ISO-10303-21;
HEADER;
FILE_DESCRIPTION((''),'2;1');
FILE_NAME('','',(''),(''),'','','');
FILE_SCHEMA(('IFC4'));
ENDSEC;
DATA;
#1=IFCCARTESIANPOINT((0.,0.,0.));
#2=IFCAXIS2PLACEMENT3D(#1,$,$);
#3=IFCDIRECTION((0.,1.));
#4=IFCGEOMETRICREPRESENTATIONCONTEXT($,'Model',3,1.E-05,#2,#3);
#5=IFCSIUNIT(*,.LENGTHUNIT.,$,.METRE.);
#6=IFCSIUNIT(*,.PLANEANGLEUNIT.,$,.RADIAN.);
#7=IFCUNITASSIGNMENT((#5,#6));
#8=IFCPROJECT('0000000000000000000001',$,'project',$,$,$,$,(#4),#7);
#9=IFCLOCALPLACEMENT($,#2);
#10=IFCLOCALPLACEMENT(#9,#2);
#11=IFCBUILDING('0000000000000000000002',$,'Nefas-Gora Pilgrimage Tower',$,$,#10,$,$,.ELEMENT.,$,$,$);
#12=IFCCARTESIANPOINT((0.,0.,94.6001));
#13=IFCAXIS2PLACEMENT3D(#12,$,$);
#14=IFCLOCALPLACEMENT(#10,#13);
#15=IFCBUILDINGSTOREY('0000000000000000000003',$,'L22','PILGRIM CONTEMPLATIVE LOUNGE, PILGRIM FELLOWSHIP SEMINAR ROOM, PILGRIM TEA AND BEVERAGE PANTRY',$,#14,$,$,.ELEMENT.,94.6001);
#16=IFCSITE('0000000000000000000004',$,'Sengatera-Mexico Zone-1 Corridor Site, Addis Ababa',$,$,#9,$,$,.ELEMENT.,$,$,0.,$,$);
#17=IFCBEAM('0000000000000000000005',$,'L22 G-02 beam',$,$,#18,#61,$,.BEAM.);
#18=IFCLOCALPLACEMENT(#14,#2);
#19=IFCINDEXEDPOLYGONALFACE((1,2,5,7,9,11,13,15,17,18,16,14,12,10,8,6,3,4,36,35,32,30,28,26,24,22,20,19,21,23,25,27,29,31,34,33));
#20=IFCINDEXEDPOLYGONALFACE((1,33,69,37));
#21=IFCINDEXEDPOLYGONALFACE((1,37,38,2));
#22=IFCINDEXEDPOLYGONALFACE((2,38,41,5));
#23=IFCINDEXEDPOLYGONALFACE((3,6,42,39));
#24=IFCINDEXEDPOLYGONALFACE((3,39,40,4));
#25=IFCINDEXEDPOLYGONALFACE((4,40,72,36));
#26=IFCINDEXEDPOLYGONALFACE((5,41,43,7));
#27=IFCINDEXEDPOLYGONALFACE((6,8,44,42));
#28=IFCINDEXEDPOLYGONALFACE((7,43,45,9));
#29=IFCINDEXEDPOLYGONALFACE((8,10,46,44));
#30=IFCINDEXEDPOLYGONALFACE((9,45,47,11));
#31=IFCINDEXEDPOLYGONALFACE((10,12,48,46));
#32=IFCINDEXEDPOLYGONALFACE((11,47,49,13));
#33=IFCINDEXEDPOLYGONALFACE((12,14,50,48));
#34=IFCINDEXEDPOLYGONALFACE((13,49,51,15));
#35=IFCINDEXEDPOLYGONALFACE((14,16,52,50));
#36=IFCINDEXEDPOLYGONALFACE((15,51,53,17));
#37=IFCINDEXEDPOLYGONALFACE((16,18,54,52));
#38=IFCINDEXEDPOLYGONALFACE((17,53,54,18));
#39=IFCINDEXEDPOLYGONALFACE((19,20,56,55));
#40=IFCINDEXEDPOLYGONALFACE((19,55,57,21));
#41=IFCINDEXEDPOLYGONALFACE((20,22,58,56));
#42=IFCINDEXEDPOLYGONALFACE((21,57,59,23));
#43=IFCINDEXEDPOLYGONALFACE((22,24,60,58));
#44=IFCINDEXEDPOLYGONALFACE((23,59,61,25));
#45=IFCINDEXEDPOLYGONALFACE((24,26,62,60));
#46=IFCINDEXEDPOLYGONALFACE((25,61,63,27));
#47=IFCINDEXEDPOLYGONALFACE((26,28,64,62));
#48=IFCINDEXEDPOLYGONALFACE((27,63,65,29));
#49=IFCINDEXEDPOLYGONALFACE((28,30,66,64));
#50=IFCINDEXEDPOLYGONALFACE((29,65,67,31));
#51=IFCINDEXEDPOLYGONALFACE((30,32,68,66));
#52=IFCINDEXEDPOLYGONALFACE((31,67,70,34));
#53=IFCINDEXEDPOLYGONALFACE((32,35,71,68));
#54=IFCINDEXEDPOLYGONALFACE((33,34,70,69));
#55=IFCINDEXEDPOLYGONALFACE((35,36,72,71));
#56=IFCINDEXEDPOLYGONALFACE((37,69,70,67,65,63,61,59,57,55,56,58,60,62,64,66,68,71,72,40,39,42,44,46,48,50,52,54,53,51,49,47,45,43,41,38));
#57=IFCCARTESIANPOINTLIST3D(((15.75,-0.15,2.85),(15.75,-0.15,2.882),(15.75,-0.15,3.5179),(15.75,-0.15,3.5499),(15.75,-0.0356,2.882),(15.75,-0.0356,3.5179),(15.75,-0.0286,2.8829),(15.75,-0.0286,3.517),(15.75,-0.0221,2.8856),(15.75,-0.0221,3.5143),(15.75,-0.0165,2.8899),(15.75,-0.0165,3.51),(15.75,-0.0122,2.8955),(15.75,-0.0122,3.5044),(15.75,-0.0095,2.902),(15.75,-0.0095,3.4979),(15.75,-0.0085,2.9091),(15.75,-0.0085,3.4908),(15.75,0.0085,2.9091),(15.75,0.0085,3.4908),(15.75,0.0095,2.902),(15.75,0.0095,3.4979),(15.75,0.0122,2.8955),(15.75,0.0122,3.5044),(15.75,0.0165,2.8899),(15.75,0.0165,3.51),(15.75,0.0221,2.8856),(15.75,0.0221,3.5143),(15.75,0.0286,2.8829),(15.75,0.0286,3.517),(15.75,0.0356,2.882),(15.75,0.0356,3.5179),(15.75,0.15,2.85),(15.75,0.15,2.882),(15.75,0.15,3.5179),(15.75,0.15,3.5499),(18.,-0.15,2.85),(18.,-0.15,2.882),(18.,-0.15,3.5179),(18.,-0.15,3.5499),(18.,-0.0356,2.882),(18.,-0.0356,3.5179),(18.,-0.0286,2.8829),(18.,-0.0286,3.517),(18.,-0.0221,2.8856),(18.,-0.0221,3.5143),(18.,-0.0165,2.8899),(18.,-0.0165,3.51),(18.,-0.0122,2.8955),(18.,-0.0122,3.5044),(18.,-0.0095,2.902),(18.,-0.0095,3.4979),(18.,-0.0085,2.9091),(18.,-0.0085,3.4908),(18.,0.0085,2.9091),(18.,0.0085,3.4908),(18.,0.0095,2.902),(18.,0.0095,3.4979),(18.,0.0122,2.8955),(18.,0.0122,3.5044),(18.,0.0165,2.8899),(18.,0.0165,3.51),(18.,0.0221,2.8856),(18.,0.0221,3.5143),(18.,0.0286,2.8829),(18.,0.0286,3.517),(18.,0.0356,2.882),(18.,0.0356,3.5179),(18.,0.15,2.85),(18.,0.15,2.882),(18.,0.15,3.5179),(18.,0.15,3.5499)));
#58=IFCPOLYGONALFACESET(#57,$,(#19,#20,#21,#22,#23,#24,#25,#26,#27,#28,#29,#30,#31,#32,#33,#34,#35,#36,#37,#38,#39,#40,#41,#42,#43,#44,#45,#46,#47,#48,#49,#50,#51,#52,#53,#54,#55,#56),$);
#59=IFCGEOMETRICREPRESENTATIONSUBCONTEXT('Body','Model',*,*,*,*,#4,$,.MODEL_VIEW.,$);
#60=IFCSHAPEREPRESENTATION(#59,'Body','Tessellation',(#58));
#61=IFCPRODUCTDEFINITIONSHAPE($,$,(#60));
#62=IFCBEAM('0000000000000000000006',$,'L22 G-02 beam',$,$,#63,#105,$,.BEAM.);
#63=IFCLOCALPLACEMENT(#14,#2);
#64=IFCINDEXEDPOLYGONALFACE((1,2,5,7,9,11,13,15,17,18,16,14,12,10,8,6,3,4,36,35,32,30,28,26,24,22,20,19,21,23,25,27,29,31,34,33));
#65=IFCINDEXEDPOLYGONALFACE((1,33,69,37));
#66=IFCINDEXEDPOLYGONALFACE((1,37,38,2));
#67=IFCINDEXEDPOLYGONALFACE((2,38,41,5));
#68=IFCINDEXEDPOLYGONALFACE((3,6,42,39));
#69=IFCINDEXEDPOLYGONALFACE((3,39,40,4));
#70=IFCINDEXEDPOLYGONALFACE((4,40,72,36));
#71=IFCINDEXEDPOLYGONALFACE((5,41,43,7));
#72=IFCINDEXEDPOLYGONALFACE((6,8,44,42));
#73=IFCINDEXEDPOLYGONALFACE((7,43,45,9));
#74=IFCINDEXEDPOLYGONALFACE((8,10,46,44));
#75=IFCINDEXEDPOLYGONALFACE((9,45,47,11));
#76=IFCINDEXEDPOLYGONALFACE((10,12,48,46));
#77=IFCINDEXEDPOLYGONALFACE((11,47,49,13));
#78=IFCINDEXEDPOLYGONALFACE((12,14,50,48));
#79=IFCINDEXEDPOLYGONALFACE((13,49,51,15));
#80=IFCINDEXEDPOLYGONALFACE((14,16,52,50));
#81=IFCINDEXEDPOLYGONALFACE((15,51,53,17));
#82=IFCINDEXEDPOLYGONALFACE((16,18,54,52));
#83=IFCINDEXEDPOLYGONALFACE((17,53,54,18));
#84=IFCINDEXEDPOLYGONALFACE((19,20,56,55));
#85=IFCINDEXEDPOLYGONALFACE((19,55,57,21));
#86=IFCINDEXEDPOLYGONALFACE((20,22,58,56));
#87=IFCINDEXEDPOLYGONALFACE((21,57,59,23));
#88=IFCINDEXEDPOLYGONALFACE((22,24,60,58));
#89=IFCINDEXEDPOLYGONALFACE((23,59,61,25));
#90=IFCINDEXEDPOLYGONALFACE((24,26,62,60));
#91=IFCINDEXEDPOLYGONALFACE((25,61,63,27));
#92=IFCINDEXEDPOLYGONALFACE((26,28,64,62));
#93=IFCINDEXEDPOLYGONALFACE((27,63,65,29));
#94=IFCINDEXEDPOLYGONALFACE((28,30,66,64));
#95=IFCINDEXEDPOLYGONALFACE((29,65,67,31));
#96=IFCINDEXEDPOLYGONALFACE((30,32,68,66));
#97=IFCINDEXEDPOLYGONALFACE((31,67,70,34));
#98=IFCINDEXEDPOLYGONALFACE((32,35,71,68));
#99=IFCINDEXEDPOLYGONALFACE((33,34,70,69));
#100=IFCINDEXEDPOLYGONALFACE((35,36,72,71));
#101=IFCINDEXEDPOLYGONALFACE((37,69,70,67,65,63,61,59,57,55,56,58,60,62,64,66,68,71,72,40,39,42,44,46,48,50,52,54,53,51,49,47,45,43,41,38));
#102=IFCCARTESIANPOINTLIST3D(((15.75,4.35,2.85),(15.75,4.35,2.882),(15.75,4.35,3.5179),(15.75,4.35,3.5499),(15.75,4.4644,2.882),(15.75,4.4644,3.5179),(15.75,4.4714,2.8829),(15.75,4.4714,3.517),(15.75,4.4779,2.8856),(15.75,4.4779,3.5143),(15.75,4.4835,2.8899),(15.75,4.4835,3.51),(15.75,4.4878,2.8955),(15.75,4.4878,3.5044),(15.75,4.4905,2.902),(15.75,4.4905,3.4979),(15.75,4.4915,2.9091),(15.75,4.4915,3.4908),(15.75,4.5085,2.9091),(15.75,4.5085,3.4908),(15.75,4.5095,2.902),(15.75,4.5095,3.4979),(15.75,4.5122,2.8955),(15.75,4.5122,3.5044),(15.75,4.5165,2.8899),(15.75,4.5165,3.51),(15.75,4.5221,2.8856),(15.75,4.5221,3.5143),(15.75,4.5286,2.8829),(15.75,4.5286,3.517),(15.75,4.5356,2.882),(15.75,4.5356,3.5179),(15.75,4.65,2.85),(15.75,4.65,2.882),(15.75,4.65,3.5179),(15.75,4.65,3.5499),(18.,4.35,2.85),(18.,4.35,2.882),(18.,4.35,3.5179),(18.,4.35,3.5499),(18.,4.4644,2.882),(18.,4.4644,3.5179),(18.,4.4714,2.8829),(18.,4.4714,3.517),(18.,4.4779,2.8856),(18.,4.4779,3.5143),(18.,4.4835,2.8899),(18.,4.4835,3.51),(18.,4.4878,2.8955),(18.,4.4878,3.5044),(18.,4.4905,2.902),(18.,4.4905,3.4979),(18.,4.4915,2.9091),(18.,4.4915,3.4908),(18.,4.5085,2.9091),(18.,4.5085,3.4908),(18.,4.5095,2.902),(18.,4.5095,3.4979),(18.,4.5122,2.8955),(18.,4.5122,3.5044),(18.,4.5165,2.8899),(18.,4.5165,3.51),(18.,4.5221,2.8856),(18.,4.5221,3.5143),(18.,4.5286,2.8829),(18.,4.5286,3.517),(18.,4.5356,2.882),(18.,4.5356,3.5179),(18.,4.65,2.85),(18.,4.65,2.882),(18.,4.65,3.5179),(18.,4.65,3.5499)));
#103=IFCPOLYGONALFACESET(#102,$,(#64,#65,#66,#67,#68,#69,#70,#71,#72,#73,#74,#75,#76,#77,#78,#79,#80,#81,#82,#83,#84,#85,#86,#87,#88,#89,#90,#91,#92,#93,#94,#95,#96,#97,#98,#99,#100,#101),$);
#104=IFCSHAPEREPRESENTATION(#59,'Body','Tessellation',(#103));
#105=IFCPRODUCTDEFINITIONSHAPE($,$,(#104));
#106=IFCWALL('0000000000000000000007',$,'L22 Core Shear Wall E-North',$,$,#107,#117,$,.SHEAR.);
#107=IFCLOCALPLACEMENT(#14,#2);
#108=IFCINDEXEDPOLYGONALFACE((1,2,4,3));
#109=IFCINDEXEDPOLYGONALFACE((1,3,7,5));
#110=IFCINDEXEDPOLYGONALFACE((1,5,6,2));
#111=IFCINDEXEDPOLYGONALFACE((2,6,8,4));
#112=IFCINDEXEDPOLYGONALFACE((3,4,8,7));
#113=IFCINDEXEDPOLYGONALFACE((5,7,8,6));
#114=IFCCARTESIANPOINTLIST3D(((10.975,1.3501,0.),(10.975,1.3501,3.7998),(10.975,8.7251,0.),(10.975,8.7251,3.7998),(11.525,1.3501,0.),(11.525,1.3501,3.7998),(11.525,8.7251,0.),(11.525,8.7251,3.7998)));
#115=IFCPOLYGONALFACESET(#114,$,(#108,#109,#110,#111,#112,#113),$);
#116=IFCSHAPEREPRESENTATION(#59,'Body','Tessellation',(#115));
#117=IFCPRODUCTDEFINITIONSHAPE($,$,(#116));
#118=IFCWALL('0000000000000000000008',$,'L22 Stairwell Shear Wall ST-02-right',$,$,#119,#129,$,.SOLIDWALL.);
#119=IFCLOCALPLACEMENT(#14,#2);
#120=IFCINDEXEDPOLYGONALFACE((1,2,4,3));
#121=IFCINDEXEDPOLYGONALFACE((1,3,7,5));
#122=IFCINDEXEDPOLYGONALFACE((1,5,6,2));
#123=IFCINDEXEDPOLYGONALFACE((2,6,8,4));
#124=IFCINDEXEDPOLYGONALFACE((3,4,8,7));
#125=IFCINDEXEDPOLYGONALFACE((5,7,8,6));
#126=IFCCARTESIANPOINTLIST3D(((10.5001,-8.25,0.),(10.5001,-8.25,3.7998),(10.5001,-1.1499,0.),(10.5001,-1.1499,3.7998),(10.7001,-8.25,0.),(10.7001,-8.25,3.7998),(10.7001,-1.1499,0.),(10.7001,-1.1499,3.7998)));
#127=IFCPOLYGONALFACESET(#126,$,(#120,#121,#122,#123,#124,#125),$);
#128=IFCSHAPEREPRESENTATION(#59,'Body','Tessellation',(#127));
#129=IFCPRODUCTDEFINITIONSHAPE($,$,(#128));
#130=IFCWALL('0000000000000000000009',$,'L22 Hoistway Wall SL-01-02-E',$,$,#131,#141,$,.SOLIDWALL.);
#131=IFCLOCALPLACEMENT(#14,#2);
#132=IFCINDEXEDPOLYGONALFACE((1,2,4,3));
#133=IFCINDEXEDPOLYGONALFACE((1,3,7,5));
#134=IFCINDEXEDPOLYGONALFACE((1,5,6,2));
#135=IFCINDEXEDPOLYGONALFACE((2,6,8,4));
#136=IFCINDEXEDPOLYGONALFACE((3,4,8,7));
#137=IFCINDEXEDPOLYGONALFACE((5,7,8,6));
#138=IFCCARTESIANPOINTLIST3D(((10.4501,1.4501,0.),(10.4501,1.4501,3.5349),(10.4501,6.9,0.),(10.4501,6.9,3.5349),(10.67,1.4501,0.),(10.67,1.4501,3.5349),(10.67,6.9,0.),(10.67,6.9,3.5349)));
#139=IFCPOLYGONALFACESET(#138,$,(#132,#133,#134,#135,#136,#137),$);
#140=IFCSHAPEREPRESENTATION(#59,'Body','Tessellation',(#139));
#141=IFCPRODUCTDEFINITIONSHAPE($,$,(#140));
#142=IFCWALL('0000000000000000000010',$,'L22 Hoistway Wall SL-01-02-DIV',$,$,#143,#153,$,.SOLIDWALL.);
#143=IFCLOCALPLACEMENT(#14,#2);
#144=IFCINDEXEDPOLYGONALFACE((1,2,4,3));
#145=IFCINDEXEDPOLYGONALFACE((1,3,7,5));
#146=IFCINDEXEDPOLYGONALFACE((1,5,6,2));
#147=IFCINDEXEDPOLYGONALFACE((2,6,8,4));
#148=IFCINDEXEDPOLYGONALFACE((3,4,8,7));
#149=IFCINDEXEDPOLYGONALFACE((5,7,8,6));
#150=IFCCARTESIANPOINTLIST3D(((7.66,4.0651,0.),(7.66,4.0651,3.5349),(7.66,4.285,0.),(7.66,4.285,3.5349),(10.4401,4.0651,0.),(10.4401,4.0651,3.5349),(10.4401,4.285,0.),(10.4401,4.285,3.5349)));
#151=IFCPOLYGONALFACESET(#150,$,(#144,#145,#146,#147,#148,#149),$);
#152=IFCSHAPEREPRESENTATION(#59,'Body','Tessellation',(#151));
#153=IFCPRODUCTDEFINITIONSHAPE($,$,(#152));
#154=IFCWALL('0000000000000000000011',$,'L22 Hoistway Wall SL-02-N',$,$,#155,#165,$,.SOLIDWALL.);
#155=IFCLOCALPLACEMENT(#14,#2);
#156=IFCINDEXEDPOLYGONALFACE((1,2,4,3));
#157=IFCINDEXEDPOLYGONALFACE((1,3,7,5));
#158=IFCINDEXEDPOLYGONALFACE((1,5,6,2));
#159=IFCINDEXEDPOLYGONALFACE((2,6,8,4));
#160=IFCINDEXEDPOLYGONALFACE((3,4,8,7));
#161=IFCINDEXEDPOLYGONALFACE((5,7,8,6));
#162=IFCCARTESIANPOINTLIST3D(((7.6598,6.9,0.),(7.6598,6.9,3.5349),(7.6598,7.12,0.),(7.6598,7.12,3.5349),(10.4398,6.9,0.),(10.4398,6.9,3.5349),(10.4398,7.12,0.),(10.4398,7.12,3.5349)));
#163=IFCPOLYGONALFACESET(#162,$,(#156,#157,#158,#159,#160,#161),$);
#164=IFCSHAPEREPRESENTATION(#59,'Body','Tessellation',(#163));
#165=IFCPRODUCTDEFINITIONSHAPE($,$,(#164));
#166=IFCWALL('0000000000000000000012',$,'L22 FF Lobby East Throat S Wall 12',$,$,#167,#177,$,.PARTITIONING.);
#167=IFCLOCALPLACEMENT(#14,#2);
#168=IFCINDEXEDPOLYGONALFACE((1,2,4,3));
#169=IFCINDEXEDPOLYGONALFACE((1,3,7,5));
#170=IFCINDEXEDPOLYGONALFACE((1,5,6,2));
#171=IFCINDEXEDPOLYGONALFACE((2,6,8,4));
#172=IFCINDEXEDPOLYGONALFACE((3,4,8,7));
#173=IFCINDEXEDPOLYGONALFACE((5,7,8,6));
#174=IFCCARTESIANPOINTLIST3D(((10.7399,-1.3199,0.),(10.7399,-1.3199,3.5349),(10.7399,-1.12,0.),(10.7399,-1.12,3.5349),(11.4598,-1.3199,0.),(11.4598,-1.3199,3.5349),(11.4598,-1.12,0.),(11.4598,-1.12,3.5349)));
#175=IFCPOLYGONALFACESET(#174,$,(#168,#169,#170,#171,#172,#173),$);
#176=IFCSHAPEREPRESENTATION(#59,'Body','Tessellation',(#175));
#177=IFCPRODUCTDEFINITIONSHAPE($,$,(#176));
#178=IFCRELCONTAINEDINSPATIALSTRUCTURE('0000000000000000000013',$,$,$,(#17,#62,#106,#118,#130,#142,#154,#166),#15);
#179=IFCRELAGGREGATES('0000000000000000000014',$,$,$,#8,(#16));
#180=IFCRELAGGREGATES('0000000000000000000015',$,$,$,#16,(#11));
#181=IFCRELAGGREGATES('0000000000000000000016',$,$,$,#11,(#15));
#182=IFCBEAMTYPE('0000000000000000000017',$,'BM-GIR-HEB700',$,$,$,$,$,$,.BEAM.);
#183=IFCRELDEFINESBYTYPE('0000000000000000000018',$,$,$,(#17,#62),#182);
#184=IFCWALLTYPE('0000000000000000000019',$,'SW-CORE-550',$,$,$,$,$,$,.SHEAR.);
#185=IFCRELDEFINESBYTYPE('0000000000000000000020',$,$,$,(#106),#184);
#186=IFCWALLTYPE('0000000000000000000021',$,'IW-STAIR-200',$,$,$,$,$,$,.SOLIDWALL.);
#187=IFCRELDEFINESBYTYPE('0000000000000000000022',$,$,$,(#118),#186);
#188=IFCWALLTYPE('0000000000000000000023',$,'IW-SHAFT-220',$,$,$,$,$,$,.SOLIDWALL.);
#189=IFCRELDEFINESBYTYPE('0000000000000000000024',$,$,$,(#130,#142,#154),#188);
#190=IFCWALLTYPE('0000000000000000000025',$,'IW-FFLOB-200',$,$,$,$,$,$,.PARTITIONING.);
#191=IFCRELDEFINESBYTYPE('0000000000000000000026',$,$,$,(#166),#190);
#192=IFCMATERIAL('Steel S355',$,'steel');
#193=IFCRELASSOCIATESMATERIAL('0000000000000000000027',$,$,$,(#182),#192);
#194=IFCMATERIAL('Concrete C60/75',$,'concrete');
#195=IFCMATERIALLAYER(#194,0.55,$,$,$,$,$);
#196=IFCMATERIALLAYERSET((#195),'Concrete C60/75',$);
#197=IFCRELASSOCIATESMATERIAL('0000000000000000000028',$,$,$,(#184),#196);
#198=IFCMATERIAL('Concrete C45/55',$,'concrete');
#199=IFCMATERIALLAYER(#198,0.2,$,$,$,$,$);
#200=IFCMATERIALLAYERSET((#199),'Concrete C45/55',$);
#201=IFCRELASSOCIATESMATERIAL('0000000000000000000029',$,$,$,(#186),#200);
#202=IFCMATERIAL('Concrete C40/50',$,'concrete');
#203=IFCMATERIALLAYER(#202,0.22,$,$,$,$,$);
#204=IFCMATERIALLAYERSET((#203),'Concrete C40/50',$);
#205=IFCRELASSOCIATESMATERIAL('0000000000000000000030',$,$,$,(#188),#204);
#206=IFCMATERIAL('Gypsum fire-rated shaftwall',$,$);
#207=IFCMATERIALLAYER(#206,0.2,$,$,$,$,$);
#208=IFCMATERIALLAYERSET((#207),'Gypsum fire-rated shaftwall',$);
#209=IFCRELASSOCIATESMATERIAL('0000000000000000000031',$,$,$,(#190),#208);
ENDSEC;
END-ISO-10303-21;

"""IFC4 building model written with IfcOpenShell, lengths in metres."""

from ifc_helpers import new_model, si_unit, direction, frame, frame_2d, origin, origin_2d, place, context, subcontext, project, spatial, rectangle, i_section, extrude, source, transform, mapped, material, layer, layer_set, material_profile, profile_set, type_object, element, save


model = new_model("IFC4")

# Units and contexts
model_context = context("Model", 3, precision=1e-05, world=origin(), true_north=direction((0.0, 1.0)))
body_context = subcontext(model_context, "Body", "Model", "MODEL_VIEW")
ifc_project = project(units=[si_unit("LENGTHUNIT", "METRE"), si_unit("PLANEANGLEUNIT", "RADIAN")], contexts=[model_context])

# Site, building, storey
site_placement = place(None, origin())
site = spatial("IfcSite", under=ifc_project, at=site_placement, Name="Sengatera-Mexico Zone-1 Corridor Site, Addis Ababa", CompositionType="ELEMENT", RefElevation=0.0)
building_placement = place(site_placement, origin())
building = spatial("IfcBuilding", under=site, at=building_placement, Name="Nefas-Gora Pilgrimage Tower", CompositionType="ELEMENT")
storey_placement = place(building_placement, frame((0.0, 0.0, 94.6001)))
storey = spatial("IfcBuildingStorey", under=building, at=storey_placement, Name="L22", Description="PILGRIM CONTEMPLATIVE LOUNGE, PILGRIM FELLOWSHIP SEMINAR ROOM, PILGRIM TEA AND BEVERAGE PANTRY", CompositionType="ELEMENT", Elevation=94.6001)

# Beams
ifc_material_1 = material(Name="Steel S355", Category="steel")
ifc_material_profile_1 = material_profile(ifc_material_1, i_section(OverallWidth=0.3, OverallDepth=0.7, WebThickness=0.0171, FlangeThickness=0.032, FilletRadius=0.0271, at=origin_2d()), Name="HEB 700")
ifc_profile_set_1 = profile_set([ifc_material_profile_1], Name="Steel S355")
beam_type = type_object("IfcBeamType", Name="BM-GIR-HEB700", PredefinedType="BEAM", material=ifc_profile_set_1)
shared_shape_1 = source(origin(), body_context, "Body", "SweptSolid", [
    extrude(i_section(OverallWidth=0.3, OverallDepth=0.7, WebThickness=0.0171, FlangeThickness=0.032, FilletRadius=0.0271, at=origin_2d()), origin(), (0.0, 0.0, 1.0), 2.25),
])
for number, where, z_axis, x_axis, name in (
    (1, (15.75, 0.0, 3.2), (1.0, 0.0, 0.0), (0.0, 1.0, 0.0), "L22 G-02 beam"),
    (2, (15.75, 4.5, 3.2), (1.0, 0.0, 0.0), (0.0, 1.0, 0.0), "L22 G-02 beam"),
):
    element("IfcBeam", number, at=place(storey_placement, frame(where, z_axis=z_axis, x_axis=x_axis)), inside=storey, type_object=beam_type, Name=name, PredefinedType="BEAM", context=body_context, shape_type="MappedRepresentation", body=[
        mapped(shared_shape_1, transform((0.0, 0.0, 0.0), x_axis=(1.0, 0.0, 0.0), y_axis=(0.0, 1.0, 0.0), z_axis=(0.0, 0.0, 1.0), scale=1.0)),
    ])

# Walls
ifc_material_2 = material(Name="Concrete C60/75", Category="concrete")
ifc_layer_1 = layer(ifc_material_2, 0.55)
ifc_layer_set_1 = layer_set([ifc_layer_1], Name="Concrete C60/75")
wall_type_1 = type_object("IfcWallType", Name="SW-CORE-550", PredefinedType="SHEAR", material=ifc_layer_set_1)
shared_shape_2 = source(origin(), body_context, "Body", "SweptSolid", [
    extrude(rectangle(XDim=7.375, YDim=0.55, at=frame_2d((3.6875, 0.0))), origin(), (0.0, 0.0, 1.0), 3.7998),
])
wall_1_placement = place(storey_placement, frame((11.25, 1.3501, 0.0), z_axis=(0.0, 0.0, 1.0), x_axis=(0.0, 1.0, 0.0)))
element("IfcWall", 3, at=wall_1_placement, inside=storey, type_object=wall_type_1, Name="L22 Core Shear Wall E-North", PredefinedType="SHEAR", context=body_context, shape_type="MappedRepresentation", body=[
    mapped(shared_shape_2, transform((0.0, 0.0, 0.0), x_axis=(1.0, 0.0, 0.0), y_axis=(0.0, 1.0, 0.0), z_axis=(0.0, 0.0, 1.0), scale=1.0)),
])
ifc_material_3 = material(Name="Concrete C45/55", Category="concrete")
ifc_layer_2 = layer(ifc_material_3, 0.2)
ifc_layer_set_2 = layer_set([ifc_layer_2], Name="Concrete C45/55")
wall_type_2 = type_object("IfcWallType", Name="IW-STAIR-200", PredefinedType="SOLIDWALL", material=ifc_layer_set_2)
shared_shape_3 = source(origin(), body_context, "Body", "SweptSolid", [
    extrude(rectangle(XDim=7.1001, YDim=0.2, at=frame_2d((3.55, 0.0))), origin(), (0.0, 0.0, 1.0), 3.7998),
])
wall_2_placement = place(storey_placement, frame((10.6001, -1.1499, 0.0), z_axis=(0.0, 0.0, 1.0), x_axis=(0.0, -1.0, 0.0)))
element("IfcWall", 4, at=wall_2_placement, inside=storey, type_object=wall_type_2, Name="L22 Stairwell Shear Wall ST-02-right", PredefinedType="SOLIDWALL", context=body_context, shape_type="MappedRepresentation", body=[
    mapped(shared_shape_3, transform((0.0, 0.0, 0.0), x_axis=(1.0, 0.0, 0.0), y_axis=(0.0, 1.0, 0.0), z_axis=(0.0, 0.0, 1.0), scale=1.0)),
])
ifc_material_4 = material(Name="Concrete C40/50", Category="concrete")
ifc_layer_3 = layer(ifc_material_4, 0.22)
ifc_layer_set_3 = layer_set([ifc_layer_3], Name="Concrete C40/50")
wall_type_3 = type_object("IfcWallType", Name="IW-SHAFT-220", PredefinedType="SOLIDWALL", material=ifc_layer_set_3)
shared_shape_4 = source(origin(), body_context, "Body", "SweptSolid", [
    extrude(rectangle(XDim=5.45, YDim=0.22, at=frame_2d((2.7251, 0.0))), origin(), (0.0, 0.0, 1.0), 3.5349),
])
wall_3_placement = place(storey_placement, frame((10.5601, 1.45, 0.0), z_axis=(0.0, 0.0, 1.0), x_axis=(0.0, 1.0, 0.0)))
element("IfcWall", 5, at=wall_3_placement, inside=storey, type_object=wall_type_3, Name="L22 Hoistway Wall SL-01-02-E", PredefinedType="SOLIDWALL", context=body_context, shape_type="MappedRepresentation", body=[
    mapped(shared_shape_4, transform((0.0, 0.0, 0.0), x_axis=(1.0, 0.0, 0.0), y_axis=(0.0, 1.0, 0.0), z_axis=(0.0, 0.0, 1.0), scale=1.0)),
])
shared_shape_5 = source(origin(), body_context, "Body", "SweptSolid", [
    extrude(rectangle(XDim=2.78, YDim=0.22, at=frame_2d((1.3901, 0.0))), origin(), (0.0, 0.0, 1.0), 3.5349),
])
for number, where, z_axis, x_axis, name in (
    (6, (7.6599, 4.175, 0.0), (0.0, 0.0, 1.0), (1.0, 0.0, 0.0), "L22 Hoistway Wall SL-01-02-DIV"),
    (7, (10.4399, 7.01, 0.0), (0.0, 0.0, 1.0), (-1.0, 0.0, 0.0), "L22 Hoistway Wall SL-02-N"),
):
    element("IfcWall", number, at=place(storey_placement, frame(where, z_axis=z_axis, x_axis=x_axis)), inside=storey, type_object=wall_type_3, Name=name, PredefinedType="SOLIDWALL", context=body_context, shape_type="MappedRepresentation", body=[
        mapped(shared_shape_5, transform((0.0, 0.0, 0.0), x_axis=(1.0, 0.0, 0.0), y_axis=(0.0, 1.0, 0.0), z_axis=(0.0, 0.0, 1.0), scale=1.0)),
    ])
ifc_material_5 = material(Name="Gypsum fire-rated shaftwall")
ifc_layer_4 = layer(ifc_material_5, 0.2)
ifc_layer_set_4 = layer_set([ifc_layer_4], Name="Gypsum fire-rated shaftwall")
wall_type_4 = type_object("IfcWallType", Name="IW-FFLOB-200", PredefinedType="PARTITIONING", material=ifc_layer_set_4)
shared_shape_6 = source(origin(), body_context, "Body", "SweptSolid", [
    extrude(rectangle(XDim=0.72, YDim=0.2, at=frame_2d((0.3599, 0.0))), origin(), (0.0, 0.0, 1.0), 3.5349),
])
wall_4_placement = place(storey_placement, frame((10.74, -1.22, 0.0), z_axis=(0.0, 0.0, 1.0), x_axis=(1.0, 0.0, 0.0)))
element("IfcWall", 8, at=wall_4_placement, inside=storey, type_object=wall_type_4, Name="L22 FF Lobby East Throat S Wall 12", PredefinedType="PARTITIONING", context=body_context, shape_type="MappedRepresentation", body=[
    mapped(shared_shape_6, transform((0.0, 0.0, 0.0), x_axis=(1.0, 0.0, 0.0), y_axis=(0.0, 1.0, 0.0), z_axis=(0.0, 0.0, 1.0), scale=1.0)),
])

save(model, "model.ifc")
